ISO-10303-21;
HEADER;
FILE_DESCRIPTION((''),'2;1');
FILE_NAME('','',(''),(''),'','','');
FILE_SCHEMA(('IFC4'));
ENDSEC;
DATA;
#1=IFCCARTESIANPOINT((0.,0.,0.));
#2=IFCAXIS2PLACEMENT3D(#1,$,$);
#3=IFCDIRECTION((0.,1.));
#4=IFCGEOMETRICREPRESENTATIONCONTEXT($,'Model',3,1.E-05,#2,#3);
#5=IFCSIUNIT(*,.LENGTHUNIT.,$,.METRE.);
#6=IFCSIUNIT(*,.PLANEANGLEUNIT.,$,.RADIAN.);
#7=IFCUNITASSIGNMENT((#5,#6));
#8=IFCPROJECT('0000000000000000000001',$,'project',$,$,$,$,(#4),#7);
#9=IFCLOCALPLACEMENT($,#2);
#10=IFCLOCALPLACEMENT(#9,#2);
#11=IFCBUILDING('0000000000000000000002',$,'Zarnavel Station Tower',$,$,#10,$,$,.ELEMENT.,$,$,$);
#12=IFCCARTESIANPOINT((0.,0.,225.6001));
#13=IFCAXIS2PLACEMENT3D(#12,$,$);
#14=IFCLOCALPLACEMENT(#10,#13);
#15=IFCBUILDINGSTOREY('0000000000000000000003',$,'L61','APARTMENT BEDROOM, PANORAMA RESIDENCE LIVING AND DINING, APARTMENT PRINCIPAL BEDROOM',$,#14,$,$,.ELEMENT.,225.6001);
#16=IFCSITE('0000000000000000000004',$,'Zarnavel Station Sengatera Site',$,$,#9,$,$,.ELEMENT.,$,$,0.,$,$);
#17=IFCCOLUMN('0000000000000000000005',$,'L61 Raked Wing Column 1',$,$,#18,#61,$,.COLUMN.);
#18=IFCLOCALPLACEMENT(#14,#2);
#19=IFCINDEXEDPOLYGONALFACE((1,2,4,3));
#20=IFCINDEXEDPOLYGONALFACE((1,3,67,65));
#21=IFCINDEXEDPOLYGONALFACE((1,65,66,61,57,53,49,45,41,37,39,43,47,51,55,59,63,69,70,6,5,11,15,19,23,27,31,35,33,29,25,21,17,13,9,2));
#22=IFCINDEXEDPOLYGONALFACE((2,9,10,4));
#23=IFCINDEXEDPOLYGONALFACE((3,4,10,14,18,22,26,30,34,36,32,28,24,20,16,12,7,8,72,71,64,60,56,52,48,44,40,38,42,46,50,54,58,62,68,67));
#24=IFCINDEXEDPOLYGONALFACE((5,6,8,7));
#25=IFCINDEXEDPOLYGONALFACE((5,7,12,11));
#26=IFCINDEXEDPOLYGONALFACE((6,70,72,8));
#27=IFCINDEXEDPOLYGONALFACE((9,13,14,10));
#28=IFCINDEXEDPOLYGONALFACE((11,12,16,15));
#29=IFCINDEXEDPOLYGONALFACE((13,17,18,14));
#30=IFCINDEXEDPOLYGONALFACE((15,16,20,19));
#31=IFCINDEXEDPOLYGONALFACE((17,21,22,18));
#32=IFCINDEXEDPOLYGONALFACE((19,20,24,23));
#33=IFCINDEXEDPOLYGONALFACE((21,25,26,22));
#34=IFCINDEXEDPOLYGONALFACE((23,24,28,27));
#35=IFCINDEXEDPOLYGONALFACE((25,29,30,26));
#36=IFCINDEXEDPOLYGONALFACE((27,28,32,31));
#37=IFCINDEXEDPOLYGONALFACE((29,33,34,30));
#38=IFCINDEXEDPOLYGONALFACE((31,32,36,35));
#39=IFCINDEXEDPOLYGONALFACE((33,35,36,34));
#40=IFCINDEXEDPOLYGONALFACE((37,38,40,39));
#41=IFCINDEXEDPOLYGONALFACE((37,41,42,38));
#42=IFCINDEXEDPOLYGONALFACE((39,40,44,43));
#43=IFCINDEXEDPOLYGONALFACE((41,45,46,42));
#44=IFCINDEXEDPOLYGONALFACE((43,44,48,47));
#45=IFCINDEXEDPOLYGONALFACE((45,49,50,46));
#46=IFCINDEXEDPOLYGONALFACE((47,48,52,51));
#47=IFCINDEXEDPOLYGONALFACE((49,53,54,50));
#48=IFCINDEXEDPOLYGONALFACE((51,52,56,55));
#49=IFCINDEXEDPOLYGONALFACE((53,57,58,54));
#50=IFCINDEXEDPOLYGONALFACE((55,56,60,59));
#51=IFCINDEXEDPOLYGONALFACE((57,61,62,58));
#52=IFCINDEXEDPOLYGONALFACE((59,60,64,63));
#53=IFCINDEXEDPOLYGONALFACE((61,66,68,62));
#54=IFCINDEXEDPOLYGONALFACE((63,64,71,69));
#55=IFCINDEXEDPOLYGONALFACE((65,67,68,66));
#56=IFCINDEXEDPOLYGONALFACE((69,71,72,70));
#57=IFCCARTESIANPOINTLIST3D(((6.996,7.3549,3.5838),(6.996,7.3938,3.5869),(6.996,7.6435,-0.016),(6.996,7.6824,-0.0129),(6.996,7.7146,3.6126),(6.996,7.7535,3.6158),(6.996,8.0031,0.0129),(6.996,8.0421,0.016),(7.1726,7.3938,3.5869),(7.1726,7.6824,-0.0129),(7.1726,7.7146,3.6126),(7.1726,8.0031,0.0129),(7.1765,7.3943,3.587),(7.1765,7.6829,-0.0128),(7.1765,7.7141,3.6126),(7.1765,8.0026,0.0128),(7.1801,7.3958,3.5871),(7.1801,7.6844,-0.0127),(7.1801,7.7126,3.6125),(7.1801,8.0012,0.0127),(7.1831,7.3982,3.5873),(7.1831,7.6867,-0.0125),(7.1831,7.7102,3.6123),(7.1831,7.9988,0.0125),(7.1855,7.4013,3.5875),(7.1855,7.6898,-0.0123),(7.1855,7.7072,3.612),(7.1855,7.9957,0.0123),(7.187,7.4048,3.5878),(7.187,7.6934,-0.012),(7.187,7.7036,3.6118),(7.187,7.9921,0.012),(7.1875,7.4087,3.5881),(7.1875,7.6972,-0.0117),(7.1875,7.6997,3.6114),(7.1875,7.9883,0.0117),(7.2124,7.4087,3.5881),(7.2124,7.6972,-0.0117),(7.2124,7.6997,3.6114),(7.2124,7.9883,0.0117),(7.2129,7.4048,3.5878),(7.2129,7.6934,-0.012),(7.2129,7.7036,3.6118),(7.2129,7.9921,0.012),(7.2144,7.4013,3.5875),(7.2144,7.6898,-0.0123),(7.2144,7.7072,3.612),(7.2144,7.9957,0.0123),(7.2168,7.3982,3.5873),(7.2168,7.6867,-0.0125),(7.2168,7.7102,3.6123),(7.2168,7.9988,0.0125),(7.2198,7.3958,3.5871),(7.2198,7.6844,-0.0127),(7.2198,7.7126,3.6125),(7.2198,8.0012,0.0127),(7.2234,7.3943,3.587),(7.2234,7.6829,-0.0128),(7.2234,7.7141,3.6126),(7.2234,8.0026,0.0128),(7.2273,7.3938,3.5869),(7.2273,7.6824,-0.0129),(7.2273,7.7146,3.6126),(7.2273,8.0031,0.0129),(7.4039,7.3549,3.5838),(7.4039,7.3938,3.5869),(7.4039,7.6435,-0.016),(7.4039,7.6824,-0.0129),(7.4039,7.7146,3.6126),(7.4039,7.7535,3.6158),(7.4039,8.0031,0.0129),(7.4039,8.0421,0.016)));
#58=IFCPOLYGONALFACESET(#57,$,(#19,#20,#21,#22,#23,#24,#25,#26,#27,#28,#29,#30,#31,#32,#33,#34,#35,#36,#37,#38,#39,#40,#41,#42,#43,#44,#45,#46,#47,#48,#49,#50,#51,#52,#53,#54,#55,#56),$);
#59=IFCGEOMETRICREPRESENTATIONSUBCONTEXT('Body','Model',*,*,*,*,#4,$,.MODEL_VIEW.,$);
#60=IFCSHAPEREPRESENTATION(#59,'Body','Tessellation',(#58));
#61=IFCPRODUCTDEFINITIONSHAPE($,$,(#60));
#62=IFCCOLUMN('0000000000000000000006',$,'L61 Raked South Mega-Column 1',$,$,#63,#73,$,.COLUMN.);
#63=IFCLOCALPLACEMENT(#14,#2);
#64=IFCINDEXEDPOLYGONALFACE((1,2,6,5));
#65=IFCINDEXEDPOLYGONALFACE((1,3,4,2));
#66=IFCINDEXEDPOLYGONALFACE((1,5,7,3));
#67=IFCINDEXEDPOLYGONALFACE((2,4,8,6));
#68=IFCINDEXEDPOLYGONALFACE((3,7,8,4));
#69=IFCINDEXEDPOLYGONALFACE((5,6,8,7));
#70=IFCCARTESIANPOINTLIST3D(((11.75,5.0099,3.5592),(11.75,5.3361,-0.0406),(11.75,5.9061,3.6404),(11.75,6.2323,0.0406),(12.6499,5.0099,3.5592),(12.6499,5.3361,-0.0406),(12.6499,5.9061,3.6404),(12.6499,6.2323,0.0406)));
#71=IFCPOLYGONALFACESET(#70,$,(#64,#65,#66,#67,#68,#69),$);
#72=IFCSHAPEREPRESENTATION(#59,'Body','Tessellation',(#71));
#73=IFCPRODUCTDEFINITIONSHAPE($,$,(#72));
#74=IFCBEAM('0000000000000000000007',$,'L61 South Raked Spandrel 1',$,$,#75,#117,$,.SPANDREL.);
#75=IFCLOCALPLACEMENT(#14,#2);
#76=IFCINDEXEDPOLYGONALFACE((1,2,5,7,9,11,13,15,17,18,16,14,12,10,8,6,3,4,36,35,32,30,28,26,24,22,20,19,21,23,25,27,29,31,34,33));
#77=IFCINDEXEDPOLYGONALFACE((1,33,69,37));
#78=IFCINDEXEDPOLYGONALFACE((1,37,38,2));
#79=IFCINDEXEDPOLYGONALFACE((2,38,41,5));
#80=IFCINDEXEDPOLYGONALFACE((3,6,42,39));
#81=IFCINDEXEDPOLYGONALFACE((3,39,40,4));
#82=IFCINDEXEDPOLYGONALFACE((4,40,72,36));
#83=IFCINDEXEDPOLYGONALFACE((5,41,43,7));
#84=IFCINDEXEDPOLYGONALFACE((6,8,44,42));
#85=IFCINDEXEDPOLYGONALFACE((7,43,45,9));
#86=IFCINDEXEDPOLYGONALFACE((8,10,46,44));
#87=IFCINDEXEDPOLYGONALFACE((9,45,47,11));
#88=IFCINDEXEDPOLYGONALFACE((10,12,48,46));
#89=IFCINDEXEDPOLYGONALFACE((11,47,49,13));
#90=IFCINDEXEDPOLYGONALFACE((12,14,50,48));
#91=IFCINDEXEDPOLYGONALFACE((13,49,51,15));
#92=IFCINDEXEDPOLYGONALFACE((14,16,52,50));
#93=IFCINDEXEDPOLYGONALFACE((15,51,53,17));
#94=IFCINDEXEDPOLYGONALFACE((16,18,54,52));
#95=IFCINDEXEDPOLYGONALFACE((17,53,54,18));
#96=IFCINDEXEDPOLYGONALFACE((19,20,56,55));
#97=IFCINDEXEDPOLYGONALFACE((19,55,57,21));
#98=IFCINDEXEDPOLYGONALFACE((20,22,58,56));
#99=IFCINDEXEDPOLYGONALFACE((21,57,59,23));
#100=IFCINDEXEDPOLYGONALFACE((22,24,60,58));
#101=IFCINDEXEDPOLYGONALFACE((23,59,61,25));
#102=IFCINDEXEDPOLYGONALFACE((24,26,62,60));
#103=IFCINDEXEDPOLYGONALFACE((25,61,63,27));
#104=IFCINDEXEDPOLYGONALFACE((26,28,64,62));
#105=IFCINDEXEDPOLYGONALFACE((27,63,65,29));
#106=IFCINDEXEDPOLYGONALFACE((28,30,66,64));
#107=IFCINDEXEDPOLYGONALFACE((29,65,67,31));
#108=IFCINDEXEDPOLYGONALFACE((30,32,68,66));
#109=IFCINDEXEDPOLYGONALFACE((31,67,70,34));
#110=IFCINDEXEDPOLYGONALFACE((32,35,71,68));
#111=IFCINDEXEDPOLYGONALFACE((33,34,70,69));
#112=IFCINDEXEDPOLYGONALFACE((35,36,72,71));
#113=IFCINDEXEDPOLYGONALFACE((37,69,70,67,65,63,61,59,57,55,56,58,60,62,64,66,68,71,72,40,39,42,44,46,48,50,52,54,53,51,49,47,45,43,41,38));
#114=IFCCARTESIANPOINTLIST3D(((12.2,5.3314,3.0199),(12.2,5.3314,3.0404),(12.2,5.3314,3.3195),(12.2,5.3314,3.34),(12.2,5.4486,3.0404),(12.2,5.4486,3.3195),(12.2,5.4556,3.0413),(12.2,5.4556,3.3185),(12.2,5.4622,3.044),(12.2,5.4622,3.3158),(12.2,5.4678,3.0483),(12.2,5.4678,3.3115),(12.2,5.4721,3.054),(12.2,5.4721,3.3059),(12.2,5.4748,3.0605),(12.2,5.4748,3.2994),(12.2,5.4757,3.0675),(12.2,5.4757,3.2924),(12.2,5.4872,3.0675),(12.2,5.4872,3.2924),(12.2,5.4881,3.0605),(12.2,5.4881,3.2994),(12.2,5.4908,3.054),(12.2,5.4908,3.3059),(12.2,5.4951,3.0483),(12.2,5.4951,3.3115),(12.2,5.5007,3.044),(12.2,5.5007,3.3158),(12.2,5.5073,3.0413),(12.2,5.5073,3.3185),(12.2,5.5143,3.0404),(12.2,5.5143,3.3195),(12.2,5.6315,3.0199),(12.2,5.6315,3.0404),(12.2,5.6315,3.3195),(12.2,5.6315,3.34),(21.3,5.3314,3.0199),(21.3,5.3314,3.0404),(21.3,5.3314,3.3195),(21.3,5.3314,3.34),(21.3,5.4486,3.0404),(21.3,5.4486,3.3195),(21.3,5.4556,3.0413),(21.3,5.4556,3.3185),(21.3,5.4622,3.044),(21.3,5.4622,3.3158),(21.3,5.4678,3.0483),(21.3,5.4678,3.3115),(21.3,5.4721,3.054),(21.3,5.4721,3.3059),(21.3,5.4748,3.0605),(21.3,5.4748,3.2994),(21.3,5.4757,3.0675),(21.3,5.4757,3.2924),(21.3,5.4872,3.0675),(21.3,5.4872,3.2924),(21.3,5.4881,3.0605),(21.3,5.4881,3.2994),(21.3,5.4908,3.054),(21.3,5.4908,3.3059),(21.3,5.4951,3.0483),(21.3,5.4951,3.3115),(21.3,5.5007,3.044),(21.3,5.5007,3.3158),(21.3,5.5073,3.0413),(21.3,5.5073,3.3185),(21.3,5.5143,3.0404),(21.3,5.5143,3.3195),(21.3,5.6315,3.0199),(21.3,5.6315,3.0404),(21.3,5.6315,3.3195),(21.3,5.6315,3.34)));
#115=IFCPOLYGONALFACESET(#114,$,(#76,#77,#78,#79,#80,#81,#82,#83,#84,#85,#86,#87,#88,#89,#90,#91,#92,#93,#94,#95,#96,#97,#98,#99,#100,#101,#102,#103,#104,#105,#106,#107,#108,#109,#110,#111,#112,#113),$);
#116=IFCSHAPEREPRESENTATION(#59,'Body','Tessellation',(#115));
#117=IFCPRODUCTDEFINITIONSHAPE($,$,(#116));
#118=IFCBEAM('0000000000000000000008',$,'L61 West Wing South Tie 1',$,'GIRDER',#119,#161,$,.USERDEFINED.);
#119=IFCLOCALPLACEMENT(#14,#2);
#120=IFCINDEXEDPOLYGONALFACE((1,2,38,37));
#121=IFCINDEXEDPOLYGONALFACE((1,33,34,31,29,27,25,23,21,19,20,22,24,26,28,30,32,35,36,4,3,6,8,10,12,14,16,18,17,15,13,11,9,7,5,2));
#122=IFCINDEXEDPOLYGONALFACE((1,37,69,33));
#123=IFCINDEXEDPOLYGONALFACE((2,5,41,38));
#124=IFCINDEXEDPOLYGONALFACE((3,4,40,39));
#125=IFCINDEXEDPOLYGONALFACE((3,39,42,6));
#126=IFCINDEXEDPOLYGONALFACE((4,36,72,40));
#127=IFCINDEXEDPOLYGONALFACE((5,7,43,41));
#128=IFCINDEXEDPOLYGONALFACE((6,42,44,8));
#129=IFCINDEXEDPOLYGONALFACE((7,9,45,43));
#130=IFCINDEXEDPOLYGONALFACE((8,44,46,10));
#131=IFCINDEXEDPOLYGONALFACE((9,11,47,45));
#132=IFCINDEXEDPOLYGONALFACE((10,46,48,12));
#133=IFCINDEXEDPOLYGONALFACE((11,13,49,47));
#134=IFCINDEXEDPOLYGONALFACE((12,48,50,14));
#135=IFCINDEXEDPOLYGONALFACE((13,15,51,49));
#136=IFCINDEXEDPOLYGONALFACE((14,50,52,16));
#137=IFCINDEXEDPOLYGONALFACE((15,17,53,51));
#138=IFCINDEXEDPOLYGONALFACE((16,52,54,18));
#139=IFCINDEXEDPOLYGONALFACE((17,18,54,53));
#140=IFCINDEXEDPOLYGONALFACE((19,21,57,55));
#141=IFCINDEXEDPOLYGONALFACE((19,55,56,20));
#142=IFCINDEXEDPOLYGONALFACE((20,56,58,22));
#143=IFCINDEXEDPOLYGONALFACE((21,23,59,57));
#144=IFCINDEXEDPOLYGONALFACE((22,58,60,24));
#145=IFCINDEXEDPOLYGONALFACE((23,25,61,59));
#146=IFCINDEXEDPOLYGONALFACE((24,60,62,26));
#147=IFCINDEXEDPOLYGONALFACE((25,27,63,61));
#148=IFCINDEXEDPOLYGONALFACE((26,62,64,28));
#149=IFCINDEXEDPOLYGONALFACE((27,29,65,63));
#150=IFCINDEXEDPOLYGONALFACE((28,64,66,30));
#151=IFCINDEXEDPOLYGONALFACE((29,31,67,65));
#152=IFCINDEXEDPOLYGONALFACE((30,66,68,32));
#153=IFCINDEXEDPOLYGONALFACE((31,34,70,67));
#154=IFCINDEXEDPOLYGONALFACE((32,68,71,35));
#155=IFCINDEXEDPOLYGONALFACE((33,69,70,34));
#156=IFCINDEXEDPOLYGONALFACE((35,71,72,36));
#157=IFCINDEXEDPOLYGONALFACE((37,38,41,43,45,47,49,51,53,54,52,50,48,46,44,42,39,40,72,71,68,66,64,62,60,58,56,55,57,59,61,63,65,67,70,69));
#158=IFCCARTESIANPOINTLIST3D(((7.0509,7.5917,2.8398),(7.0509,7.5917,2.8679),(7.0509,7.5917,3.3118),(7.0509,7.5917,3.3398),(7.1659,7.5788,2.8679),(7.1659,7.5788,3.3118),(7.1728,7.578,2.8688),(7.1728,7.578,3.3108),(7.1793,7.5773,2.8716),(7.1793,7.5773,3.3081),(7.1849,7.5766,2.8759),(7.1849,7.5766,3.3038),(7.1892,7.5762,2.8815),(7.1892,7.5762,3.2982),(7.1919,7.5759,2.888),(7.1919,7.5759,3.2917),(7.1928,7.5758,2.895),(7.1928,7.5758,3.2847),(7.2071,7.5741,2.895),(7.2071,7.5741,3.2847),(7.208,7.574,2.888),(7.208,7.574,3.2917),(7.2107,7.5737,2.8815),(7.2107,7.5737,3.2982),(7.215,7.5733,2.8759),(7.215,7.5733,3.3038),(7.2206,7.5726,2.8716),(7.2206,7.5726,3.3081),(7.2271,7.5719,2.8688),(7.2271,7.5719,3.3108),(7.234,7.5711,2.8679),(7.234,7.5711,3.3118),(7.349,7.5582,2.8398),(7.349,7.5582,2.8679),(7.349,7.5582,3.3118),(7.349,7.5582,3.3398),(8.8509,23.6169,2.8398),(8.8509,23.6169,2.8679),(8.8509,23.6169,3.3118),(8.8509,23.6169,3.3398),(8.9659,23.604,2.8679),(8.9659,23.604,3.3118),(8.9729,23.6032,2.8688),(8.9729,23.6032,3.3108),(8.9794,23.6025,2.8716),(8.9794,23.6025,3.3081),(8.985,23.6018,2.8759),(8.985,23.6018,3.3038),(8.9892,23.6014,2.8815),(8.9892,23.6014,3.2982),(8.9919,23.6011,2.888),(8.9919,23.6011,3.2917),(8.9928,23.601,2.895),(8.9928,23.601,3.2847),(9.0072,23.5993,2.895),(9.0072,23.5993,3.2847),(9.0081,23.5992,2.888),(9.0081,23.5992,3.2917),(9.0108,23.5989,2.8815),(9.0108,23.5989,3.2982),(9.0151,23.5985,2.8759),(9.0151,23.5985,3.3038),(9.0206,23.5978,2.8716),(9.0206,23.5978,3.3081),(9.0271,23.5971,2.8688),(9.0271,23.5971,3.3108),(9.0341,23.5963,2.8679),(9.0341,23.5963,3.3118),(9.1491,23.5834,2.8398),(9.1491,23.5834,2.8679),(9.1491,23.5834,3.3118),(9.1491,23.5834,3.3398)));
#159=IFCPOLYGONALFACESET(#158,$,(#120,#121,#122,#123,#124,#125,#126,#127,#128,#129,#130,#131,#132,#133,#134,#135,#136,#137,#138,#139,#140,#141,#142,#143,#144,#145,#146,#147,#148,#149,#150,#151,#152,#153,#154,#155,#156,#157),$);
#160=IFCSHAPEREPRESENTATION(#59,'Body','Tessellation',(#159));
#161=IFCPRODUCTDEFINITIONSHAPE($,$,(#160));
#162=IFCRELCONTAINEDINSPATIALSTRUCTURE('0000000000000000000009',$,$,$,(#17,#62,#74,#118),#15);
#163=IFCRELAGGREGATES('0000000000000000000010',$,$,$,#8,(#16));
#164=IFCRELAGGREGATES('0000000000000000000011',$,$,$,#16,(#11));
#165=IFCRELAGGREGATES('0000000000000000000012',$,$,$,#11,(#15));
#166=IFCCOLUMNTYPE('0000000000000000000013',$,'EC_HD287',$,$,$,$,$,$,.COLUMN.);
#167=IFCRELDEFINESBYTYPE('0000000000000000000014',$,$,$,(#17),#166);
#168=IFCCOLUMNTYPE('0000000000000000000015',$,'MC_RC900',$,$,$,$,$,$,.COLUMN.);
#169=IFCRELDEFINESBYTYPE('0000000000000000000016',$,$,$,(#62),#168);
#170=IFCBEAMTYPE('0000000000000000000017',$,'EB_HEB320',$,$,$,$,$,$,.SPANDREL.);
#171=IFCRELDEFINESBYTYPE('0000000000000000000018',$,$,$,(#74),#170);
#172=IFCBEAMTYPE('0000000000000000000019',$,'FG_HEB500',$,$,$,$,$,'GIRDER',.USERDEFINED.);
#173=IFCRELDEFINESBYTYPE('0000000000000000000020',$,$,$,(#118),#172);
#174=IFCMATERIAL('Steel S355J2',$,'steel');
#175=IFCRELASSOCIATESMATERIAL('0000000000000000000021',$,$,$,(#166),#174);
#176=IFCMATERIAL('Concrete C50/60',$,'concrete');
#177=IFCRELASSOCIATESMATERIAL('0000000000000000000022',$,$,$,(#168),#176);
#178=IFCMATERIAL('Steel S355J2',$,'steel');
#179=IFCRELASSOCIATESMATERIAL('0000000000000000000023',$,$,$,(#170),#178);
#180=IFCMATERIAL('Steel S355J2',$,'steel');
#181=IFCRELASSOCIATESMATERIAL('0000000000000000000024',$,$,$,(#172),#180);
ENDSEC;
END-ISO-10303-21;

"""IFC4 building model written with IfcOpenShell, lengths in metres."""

from ifc_helpers import new_model, si_unit, direction, frame, origin, origin_2d, place, context, subcontext, project, spatial, rectangle, i_section, extrude, material, material_profile, profile_set, type_object, element, save


model = new_model("IFC4")

# Units and contexts
model_context = context("Model", 3, precision=1e-05, world=origin(), true_north=direction((0.0, 1.0)))
body_context = subcontext(model_context, "Body", "Model", "MODEL_VIEW")
ifc_project = project(units=[si_unit("LENGTHUNIT", "METRE"), si_unit("PLANEANGLEUNIT", "RADIAN")], contexts=[model_context])

# Site, building, storey
site_placement = place(None, origin())
site = spatial("IfcSite", under=ifc_project, at=site_placement, Name="Zarnavel Station Sengatera Site", CompositionType="ELEMENT", RefElevation=0.0)
building_placement = place(site_placement, origin())
building = spatial("IfcBuilding", under=site, at=building_placement, Name="Zarnavel Station Tower", CompositionType="ELEMENT")
storey_placement = place(building_placement, frame((0.0, 0.0, 225.6001)))
storey = spatial("IfcBuildingStorey", under=building, at=storey_placement, Name="L61", Description="APARTMENT BEDROOM, PANORAMA RESIDENCE LIVING AND DINING, APARTMENT PRINCIPAL BEDROOM", CompositionType="ELEMENT", Elevation=225.6001)

# Columns
ifc_material_1 = material(Name="Steel S355J2", Category="steel")
ifc_material_profile_1 = material_profile(ifc_material_1, i_section(OverallWidth=0.408, OverallDepth=0.3999, WebThickness=0.0249, FlangeThickness=0.0391, FilletRadius=0.0149, at=origin_2d()), Name="HD400x287")
ifc_profile_set_1 = profile_set([ifc_material_profile_1], Name="Steel S355J2")
column_type_1 = type_object("IfcColumnType", Name="EC_HD287", PredefinedType="COLUMN", material=ifc_profile_set_1)
column_1_placement = place(storey_placement, frame((7.2, 7.8428, 0.0), z_axis=(0.0, -0.079906, 0.996802), x_axis=(1.0, 0.0, 0.0)))
element("IfcColumn", 1, at=column_1_placement, inside=storey, type_object=column_type_1, Name="L61 Raked Wing Column 1", PredefinedType="COLUMN", context=body_context, shape_type="SweptSolid", body=[
    extrude(i_section(OverallWidth=0.408, OverallDepth=0.3999, WebThickness=0.0249, FlangeThickness=0.0391, FilletRadius=0.0149, at=origin_2d()), origin(), (0.0, 0.0, 1.0), 3.6113),
])
ifc_material_2 = material(Name="Concrete C50/60", Category="concrete")
ifc_material_profile_2 = material_profile(ifc_material_2, rectangle(XDim=0.8999, YDim=0.8999, at=origin_2d()), Name="RC900x900")
ifc_profile_set_2 = profile_set([ifc_material_profile_2], Name="Concrete C50/60")
column_type_2 = type_object("IfcColumnType", Name="MC_RC900", PredefinedType="COLUMN", material=ifc_profile_set_2)
column_2_placement = place(storey_placement, frame((12.2, 5.7842, 0.0), z_axis=(0.0, -0.090237, 0.99592), x_axis=(1.0, 0.0, 0.0)))
element("IfcColumn", 2, at=column_2_placement, inside=storey, type_object=column_type_2, Name="L61 Raked South Mega-Column 1", PredefinedType="COLUMN", context=body_context, shape_type="SweptSolid", body=[
    extrude(rectangle(XDim=0.8999, YDim=0.8999, at=origin_2d()), origin(), (0.0, 0.0, 1.0), 3.6145),
])

# Beams
ifc_material_3 = material(Name="Steel S355J2", Category="steel")
ifc_material_profile_3 = material_profile(ifc_material_3, i_section(OverallWidth=0.3, OverallDepth=0.3201, WebThickness=0.0115, FlangeThickness=0.0205, FilletRadius=0.0271, at=origin_2d()), Name="HEB320")
ifc_profile_set_3 = profile_set([ifc_material_profile_3], Name="Steel S355J2")
beam_type_1 = type_object("IfcBeamType", Name="EB_HEB320", PredefinedType="SPANDREL", material=ifc_profile_set_3)
beam_1_placement = place(storey_placement, frame((12.2, 5.4814, 3.1799), z_axis=(1.0, 0.0, 0.0), x_axis=(0.0, 1.0, 0.0)))
element("IfcBeam", 3, at=beam_1_placement, inside=storey, type_object=beam_type_1, Name="L61 South Raked Spandrel 1", PredefinedType="SPANDREL", context=body_context, shape_type="SweptSolid", body=[
    extrude(i_section(OverallWidth=0.3, OverallDepth=0.3201, WebThickness=0.0115, FlangeThickness=0.0205, FilletRadius=0.0271, at=origin_2d()), origin(), (0.0, 0.0, 1.0), 9.1001),
])
ifc_material_4 = material(Name="Steel S355J2", Category="steel")
ifc_material_profile_4 = material_profile(ifc_material_4, i_section(OverallWidth=0.3, OverallDepth=0.5, WebThickness=0.0144, FlangeThickness=0.0281, FilletRadius=0.0271, at=origin_2d()), Name="HEB500")
ifc_profile_set_4 = profile_set([ifc_material_profile_4], Name="Steel S355J2")
beam_type_2 = type_object("IfcBeamType", Name="FG_HEB500", ElementType="GIRDER", PredefinedType="USERDEFINED", material=ifc_profile_set_4)
beam_2_placement = place(storey_placement, frame((7.2, 7.575, 3.0898), z_axis=(0.111625, 0.99375, 0.0), x_axis=(-0.99375, 0.111625, 0.0)))
element("IfcBeam", 4, at=beam_2_placement, inside=storey, type_object=beam_type_2, Name="L61 West Wing South Tie 1", ObjectType="GIRDER", PredefinedType="USERDEFINED", context=body_context, shape_type="SweptSolid", body=[
    extrude(i_section(OverallWidth=0.3, OverallDepth=0.5, WebThickness=0.0144, FlangeThickness=0.0281, FilletRadius=0.0271, at=origin_2d()), origin(), (0.0, 0.0, 1.0), 16.126),
])

save(model, "model.ifc")
